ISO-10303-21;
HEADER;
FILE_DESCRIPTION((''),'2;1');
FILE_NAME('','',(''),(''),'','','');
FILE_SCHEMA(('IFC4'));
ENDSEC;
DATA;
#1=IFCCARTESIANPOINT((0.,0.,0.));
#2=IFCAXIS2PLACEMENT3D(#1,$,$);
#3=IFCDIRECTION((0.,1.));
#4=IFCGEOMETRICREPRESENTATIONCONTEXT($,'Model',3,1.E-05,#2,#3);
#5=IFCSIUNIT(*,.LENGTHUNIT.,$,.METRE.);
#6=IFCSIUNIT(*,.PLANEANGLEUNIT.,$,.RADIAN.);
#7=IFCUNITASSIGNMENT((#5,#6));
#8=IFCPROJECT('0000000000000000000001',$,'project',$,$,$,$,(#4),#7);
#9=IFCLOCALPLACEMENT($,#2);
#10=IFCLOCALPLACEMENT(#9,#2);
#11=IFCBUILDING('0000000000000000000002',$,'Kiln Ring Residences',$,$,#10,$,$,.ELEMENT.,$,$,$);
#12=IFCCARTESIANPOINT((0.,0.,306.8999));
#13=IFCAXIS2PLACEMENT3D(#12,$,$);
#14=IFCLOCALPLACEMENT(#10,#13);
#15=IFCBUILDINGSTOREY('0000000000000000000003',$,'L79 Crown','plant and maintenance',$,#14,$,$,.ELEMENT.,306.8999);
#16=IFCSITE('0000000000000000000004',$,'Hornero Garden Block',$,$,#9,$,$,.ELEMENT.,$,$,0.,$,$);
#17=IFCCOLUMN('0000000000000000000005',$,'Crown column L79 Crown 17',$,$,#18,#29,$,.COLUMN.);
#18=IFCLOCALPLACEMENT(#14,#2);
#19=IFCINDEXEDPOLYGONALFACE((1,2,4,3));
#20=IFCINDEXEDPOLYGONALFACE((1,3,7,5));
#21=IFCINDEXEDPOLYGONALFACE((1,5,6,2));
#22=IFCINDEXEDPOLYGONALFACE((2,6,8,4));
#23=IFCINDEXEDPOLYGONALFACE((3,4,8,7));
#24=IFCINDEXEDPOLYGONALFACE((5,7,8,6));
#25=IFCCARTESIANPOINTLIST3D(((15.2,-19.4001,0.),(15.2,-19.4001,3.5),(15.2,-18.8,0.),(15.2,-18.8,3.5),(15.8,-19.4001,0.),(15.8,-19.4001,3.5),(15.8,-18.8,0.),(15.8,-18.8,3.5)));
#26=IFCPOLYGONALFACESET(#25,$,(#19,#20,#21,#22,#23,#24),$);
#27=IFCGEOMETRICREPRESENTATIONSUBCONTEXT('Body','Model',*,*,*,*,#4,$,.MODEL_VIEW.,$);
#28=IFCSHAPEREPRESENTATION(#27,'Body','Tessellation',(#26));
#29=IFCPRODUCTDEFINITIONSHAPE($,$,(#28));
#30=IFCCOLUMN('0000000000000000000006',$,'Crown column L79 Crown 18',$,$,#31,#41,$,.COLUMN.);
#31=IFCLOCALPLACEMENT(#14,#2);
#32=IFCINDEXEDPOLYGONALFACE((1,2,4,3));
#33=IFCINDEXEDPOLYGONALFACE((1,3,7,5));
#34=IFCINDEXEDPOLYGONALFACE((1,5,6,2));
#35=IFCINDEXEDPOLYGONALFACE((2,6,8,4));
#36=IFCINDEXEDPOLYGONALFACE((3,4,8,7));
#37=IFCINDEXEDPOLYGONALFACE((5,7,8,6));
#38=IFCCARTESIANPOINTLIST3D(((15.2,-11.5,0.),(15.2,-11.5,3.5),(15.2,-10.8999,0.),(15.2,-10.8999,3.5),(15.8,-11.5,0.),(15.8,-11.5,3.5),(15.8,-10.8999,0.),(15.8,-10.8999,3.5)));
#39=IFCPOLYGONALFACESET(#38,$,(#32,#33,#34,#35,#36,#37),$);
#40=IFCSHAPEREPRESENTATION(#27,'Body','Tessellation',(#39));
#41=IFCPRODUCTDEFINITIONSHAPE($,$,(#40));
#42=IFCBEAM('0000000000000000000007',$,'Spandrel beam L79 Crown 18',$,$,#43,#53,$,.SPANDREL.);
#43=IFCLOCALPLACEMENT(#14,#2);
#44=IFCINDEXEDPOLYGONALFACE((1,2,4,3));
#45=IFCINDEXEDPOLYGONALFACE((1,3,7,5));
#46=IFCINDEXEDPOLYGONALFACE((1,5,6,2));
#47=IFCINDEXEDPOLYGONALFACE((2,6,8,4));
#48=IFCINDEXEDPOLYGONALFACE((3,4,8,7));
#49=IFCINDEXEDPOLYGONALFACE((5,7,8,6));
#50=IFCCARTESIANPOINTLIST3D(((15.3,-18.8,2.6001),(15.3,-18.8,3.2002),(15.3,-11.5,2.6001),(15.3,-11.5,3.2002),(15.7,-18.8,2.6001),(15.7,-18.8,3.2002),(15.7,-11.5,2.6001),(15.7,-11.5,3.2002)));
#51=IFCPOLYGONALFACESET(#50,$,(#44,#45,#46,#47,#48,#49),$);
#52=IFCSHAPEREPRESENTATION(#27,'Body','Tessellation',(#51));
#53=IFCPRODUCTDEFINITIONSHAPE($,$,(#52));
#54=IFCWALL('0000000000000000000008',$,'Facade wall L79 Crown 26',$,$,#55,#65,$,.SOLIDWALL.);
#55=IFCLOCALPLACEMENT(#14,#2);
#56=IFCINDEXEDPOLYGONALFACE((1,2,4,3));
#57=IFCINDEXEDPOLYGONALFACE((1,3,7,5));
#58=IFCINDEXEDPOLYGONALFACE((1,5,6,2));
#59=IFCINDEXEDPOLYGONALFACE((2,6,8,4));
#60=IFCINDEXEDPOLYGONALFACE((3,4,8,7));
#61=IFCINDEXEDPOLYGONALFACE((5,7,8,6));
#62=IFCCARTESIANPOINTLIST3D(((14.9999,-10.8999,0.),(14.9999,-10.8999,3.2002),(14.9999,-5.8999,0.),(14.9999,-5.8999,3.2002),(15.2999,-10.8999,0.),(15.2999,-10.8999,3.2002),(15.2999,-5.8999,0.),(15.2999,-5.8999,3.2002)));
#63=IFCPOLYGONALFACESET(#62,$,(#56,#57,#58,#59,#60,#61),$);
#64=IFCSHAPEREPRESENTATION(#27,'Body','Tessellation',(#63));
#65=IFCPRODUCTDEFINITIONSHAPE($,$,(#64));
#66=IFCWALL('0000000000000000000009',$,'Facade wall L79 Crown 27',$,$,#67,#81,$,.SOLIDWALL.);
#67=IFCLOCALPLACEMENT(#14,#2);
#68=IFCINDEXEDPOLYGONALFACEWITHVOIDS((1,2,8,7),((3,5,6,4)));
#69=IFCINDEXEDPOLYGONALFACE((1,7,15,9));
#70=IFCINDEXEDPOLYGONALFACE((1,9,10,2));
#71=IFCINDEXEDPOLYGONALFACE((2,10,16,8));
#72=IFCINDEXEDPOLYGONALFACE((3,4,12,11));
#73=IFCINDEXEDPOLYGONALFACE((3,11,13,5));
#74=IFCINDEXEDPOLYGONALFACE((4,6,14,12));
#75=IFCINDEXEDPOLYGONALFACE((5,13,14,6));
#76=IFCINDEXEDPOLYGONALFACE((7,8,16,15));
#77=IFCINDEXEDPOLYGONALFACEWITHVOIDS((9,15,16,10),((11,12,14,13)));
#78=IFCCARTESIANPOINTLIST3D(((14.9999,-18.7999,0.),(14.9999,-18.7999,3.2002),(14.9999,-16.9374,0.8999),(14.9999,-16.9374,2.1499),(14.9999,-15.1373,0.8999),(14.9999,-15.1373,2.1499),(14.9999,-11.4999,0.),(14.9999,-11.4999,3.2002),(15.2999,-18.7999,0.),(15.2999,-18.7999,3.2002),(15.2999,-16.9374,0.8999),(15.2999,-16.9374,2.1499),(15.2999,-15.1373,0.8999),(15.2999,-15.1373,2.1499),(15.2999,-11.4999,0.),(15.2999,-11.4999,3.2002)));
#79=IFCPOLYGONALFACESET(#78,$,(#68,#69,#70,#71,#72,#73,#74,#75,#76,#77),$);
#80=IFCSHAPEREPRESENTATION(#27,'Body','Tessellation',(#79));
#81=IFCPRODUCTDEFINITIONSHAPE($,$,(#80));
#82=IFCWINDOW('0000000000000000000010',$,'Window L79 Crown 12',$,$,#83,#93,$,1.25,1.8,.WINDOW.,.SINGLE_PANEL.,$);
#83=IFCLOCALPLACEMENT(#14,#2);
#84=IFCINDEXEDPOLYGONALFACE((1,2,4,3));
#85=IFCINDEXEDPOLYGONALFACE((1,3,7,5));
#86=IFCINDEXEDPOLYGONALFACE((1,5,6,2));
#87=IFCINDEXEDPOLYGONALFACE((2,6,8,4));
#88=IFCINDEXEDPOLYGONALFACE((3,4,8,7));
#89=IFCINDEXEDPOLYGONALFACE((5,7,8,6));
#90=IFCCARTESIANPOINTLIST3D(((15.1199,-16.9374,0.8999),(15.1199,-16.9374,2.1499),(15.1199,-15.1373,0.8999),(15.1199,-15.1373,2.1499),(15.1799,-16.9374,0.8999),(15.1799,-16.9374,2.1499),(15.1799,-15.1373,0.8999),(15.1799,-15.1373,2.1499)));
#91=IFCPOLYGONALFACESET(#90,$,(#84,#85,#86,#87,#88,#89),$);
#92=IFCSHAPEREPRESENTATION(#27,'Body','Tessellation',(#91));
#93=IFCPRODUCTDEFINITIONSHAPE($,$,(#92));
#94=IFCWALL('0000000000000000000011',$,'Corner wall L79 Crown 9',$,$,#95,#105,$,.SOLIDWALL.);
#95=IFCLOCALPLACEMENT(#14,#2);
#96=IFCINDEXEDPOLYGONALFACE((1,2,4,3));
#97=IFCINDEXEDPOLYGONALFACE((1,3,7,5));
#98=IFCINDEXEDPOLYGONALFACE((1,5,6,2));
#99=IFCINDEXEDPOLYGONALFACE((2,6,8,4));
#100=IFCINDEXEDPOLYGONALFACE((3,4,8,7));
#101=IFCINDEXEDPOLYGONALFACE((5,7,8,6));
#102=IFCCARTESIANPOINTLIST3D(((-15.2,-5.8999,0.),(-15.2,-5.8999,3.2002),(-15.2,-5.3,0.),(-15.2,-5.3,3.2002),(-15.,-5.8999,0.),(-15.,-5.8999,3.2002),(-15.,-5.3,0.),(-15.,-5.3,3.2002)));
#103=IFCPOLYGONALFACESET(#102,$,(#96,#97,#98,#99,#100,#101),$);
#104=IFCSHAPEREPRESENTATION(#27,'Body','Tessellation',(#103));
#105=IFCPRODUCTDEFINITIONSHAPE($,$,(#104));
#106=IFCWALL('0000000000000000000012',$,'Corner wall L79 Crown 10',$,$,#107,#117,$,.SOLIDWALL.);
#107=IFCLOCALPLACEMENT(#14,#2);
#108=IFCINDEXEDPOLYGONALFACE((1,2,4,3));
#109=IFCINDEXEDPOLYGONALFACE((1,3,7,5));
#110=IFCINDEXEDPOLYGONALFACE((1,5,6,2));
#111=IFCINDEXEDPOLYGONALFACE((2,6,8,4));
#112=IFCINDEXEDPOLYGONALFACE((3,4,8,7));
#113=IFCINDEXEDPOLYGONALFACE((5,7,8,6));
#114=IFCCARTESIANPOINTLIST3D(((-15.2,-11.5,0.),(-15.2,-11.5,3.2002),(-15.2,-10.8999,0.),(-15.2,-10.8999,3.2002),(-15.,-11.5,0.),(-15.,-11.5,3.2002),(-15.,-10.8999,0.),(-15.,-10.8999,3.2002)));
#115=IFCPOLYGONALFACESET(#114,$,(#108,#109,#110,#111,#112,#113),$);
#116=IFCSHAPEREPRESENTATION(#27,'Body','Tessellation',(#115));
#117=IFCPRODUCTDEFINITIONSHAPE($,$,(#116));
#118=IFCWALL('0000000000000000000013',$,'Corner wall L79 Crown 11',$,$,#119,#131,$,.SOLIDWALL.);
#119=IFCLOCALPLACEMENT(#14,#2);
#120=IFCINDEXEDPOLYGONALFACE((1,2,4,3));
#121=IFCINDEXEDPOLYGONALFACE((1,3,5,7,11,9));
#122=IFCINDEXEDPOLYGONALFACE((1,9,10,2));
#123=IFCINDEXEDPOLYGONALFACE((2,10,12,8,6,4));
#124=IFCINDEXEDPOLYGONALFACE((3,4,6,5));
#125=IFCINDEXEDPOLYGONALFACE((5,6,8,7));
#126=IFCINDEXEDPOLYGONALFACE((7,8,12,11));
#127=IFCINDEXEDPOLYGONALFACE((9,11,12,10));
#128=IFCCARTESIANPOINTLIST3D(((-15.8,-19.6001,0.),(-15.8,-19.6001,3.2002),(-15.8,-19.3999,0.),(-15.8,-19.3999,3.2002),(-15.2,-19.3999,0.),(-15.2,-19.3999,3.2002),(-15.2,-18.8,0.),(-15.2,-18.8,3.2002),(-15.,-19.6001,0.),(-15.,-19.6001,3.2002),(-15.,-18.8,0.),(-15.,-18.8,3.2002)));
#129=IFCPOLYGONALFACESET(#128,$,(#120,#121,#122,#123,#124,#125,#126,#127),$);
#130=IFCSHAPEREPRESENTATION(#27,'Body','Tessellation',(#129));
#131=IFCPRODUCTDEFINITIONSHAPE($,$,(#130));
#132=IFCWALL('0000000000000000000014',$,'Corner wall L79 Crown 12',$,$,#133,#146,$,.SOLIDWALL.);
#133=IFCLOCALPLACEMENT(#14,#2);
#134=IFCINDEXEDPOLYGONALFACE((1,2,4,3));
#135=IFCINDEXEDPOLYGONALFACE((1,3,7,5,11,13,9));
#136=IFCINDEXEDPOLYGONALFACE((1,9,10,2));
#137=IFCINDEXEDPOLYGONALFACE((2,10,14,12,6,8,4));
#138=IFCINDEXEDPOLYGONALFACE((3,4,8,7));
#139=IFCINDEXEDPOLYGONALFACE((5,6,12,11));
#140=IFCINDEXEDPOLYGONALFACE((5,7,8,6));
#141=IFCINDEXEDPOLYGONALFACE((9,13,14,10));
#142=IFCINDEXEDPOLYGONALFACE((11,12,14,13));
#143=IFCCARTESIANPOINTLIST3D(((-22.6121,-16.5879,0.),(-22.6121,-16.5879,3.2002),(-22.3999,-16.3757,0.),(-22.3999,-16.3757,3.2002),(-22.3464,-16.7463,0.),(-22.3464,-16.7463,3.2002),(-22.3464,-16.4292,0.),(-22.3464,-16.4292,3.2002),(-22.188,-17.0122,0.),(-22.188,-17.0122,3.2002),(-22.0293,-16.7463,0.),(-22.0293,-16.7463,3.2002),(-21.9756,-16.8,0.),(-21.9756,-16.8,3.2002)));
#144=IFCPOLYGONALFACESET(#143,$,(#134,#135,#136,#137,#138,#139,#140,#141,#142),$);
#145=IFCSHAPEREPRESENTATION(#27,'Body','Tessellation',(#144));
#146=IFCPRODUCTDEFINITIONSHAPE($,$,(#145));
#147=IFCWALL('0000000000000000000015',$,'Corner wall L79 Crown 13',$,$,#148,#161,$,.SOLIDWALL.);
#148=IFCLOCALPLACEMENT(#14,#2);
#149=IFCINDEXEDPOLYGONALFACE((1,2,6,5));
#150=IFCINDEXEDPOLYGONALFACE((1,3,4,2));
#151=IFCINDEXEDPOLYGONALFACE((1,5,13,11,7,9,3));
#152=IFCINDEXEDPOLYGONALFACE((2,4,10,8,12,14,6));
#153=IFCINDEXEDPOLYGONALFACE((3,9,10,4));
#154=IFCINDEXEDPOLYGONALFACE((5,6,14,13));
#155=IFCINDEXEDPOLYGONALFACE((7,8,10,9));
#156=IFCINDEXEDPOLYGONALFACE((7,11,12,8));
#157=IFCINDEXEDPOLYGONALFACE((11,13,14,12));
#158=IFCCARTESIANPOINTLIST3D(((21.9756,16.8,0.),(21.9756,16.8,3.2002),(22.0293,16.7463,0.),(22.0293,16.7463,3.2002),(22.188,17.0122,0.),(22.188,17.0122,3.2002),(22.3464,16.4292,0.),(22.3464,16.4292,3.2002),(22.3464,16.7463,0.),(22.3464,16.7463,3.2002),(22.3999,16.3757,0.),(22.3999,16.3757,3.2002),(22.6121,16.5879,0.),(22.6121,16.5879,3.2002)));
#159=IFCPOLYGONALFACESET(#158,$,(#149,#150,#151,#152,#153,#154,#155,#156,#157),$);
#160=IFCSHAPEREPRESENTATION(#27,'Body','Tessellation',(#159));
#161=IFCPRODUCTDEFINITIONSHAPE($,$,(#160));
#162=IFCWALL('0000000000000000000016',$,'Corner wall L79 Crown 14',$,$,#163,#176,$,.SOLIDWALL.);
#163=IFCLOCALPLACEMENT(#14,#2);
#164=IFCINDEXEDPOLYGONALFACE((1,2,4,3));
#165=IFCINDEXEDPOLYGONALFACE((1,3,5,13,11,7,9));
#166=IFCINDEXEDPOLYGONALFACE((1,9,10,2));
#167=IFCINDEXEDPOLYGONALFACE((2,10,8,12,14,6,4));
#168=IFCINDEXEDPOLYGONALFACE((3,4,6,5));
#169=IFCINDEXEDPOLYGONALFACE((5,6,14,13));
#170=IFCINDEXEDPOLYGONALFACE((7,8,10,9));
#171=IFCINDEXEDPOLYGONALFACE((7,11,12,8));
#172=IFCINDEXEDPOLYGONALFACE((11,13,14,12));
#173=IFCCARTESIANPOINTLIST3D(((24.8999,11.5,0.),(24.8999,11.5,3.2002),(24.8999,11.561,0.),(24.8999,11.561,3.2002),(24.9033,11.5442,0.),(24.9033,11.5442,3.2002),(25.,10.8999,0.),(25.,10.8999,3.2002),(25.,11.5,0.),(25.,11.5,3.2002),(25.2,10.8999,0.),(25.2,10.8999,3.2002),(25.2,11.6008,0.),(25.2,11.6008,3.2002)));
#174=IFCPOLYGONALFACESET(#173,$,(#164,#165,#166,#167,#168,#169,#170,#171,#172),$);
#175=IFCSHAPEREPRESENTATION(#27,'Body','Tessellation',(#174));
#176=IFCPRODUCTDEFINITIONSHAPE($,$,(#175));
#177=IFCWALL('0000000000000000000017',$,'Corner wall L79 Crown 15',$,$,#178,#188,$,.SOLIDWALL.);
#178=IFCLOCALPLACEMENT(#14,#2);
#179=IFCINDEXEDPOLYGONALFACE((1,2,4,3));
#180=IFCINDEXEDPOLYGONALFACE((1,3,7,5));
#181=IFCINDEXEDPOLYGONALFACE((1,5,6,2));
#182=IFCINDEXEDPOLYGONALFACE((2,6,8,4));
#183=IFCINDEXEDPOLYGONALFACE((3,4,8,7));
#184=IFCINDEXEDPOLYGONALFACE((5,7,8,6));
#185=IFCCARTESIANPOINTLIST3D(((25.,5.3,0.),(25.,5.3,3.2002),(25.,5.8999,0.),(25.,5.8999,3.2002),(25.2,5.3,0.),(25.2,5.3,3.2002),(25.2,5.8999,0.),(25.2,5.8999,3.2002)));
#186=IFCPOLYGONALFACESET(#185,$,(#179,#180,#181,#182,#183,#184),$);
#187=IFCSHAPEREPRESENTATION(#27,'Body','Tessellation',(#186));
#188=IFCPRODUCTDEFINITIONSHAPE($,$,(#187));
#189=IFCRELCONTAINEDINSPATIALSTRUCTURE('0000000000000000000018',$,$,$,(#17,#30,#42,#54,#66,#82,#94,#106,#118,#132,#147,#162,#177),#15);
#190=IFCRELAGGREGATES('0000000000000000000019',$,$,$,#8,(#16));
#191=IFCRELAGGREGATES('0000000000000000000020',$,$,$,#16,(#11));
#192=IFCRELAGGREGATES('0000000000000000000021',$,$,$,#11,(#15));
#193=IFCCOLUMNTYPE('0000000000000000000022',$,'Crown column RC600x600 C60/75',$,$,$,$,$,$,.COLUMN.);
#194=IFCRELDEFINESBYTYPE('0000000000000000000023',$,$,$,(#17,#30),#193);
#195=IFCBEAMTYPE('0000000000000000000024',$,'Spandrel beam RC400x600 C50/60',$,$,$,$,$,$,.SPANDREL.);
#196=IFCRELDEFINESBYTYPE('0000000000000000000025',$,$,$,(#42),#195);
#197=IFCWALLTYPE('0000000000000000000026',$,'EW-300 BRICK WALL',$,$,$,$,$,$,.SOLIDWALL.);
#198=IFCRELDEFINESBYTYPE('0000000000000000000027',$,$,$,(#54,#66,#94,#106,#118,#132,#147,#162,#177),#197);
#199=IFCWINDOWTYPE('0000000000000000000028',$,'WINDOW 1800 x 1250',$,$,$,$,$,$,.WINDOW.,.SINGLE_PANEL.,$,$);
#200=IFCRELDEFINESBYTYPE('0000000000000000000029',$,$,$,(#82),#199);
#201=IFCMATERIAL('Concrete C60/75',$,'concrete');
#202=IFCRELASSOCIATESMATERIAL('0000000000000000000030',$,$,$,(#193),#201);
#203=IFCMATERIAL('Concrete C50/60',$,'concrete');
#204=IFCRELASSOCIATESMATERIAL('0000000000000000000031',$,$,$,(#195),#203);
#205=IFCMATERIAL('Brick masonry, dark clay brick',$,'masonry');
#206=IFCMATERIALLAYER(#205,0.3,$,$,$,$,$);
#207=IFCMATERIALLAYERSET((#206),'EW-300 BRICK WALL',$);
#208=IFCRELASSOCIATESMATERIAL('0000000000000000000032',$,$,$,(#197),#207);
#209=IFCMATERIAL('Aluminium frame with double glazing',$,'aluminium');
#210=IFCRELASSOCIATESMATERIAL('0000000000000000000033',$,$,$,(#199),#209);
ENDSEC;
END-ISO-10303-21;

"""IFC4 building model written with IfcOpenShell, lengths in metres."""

from ifc_helpers import new_model, si_unit, direction, frame, frame_2d, origin, origin_2d, place, context, subcontext, project, spatial, polyline, rectangle, outline, extrude, material, layer, layer_set, material_profile, profile_set, type_object, element, fill, save


model = new_model("IFC4")

# Units and contexts
model_context = context("Model", 3, precision=1e-05, world=origin(), true_north=direction((0.0, 1.0)))
body_context = subcontext(model_context, "Body", "Model", "MODEL_VIEW")
ifc_project = project(units=[si_unit("LENGTHUNIT", "METRE"), si_unit("PLANEANGLEUNIT", "RADIAN")], contexts=[model_context])

# Site, building, storey
site_placement = place(None, origin())
site = spatial("IfcSite", under=ifc_project, at=site_placement, Name="Hornero Garden Block", CompositionType="ELEMENT", RefElevation=0.0)
building_placement = place(site_placement, origin())
building = spatial("IfcBuilding", under=site, at=building_placement, Name="Kiln Ring Residences", CompositionType="ELEMENT")
storey_placement = place(building_placement, frame((0.0, 0.0, 306.8999)))
storey = spatial("IfcBuildingStorey", under=building, at=storey_placement, Name="L79 Crown", Description="plant and maintenance", CompositionType="ELEMENT", Elevation=306.8999)

# Columns
ifc_material_1 = material(Name="Concrete C60/75", Category="concrete")
ifc_material_profile_1 = material_profile(ifc_material_1, rectangle(XDim=0.6001, YDim=0.6001, at=origin_2d()), Name="RC600x600")
ifc_profile_set_1 = profile_set([ifc_material_profile_1], Name="Concrete C60/75")
column_type = type_object("IfcColumnType", Name="Crown column RC600x600 C60/75", PredefinedType="COLUMN", material=ifc_profile_set_1)
for number, where, z_axis, x_axis, name in (
    (1, (15.5, -19.1001, 0.0), (0.0, 0.0, 1.0), (1.0, 0.0, 0.0), "Crown column L79 Crown 17"),
    (2, (15.5, -11.2, 0.0), (0.0, 0.0, 1.0), (1.0, 0.0, 0.0), "Crown column L79 Crown 18"),
):
    element("IfcColumn", number, at=place(storey_placement, frame(where, z_axis=z_axis, x_axis=x_axis)), inside=storey, type_object=column_type, Name=name, PredefinedType="COLUMN", context=body_context, shape_type="SweptSolid", body=[
        extrude(rectangle(XDim=0.6001, YDim=0.6001, at=origin_2d()), origin(), (0.0, 0.0, 1.0), 3.5),
    ])

# Beam
ifc_material_2 = material(Name="Concrete C50/60", Category="concrete")
ifc_material_profile_2 = material_profile(ifc_material_2, rectangle(XDim=0.3999, YDim=0.6001, at=origin_2d()), Name="RC400x600")
ifc_profile_set_2 = profile_set([ifc_material_profile_2], Name="Concrete C50/60")
beam_type = type_object("IfcBeamType", Name="Spandrel beam RC400x600 C50/60", PredefinedType="SPANDREL", material=ifc_profile_set_2)
beam_placement = place(storey_placement, frame((15.5, -11.5, 2.9001), z_axis=(0.0, -1.0, 0.0), x_axis=(1.0, 0.0, 0.0)))
element("IfcBeam", 3, at=beam_placement, inside=storey, type_object=beam_type, Name="Spandrel beam L79 Crown 18", PredefinedType="SPANDREL", context=body_context, shape_type="SweptSolid", body=[
    extrude(rectangle(XDim=0.3999, YDim=0.6001, at=origin_2d()), origin(), (0.0, 0.0, 1.0), 7.3),
])

# Wall
ifc_material_3 = material(Name="Brick masonry, dark clay brick", Category="masonry")
ifc_layer_1 = layer(ifc_material_3, 0.3)
ifc_layer_set_1 = layer_set([ifc_layer_1], Name="EW-300 BRICK WALL")
wall_type_1 = type_object("IfcWallType", Name="EW-300 BRICK WALL", PredefinedType="SOLIDWALL", material=ifc_layer_set_1)
wall_1_placement = place(storey_placement, frame((15.1499, -5.8999, 0.0), z_axis=(0.0, 0.0, 1.0), x_axis=(0.0, -1.0, 0.0)))
element("IfcWall", 4, at=wall_1_placement, inside=storey, type_object=wall_type_1, Name="Facade wall L79 Crown 26", PredefinedType="SOLIDWALL", context=body_context, shape_type="SweptSolid", body=[
    extrude(rectangle(XDim=5.0, YDim=0.3, at=frame_2d((2.5, 0.0))), origin(), (0.0, 0.0, 1.0), 3.2002),
])

# Wall, opening, window
wall_2_placement = place(storey_placement, frame((15.1499, -11.5, 0.0), z_axis=(0.0, 0.0, 1.0), x_axis=(0.0, -1.0, 0.0)))
wall_2 = element("IfcWall", 5, at=wall_2_placement, inside=storey, type_object=wall_type_1, Name="Facade wall L79 Crown 27", PredefinedType="SOLIDWALL", context=body_context, shape_type="SweptSolid", body=[
    extrude(rectangle(XDim=7.3, YDim=0.3, at=frame_2d((3.6499, 0.0))), origin(), (0.0, 0.0, 1.0), 3.2002),
])
opening_1_placement = place(wall_2_placement, frame((3.6375, 0.0, 0.8999)))
opening_1 = element("IfcOpeningElement", 6, at=opening_1_placement, cuts=wall_2, PredefinedType="OPENING", context=body_context, shape_type="SweptSolid", body=[
    extrude(rectangle(XDim=1.8, YDim=1.25, at=frame_2d((0.8999, 0.625))), frame((0.0, 0.1599, 0.0), z_axis=(0.0, -1.0, 0.0), x_axis=(1.0, 0.0, 0.0)), (0.0, 0.0, 1.0), 0.3201),
])
ifc_material_4 = material(Name="Aluminium frame with double glazing", Category="aluminium")
window_type = type_object("IfcWindowType", Name="WINDOW 1800 x 1250", PartitioningType="SINGLE_PANEL", PredefinedType="WINDOW", material=ifc_material_4)
window_placement = place(opening_1_placement, origin())
window = element("IfcWindow", 7, at=window_placement, inside=storey, type_object=window_type, Name="Window L79 Crown 12", OverallHeight=1.25, OverallWidth=1.8, PartitioningType="SINGLE_PANEL", PredefinedType="WINDOW", context=body_context, shape_type="SweptSolid", body=[
    extrude(rectangle(XDim=1.8, YDim=1.25, at=frame_2d((0.8999, 0.625))), frame((0.0, 0.03, 0.0), z_axis=(0.0, -1.0, 0.0), x_axis=(1.0, 0.0, 0.0)), (0.0, 0.0, 1.0), 0.0601),
])
fill(opening_1, window)

# Walls
placement = place(storey_placement, origin())
element("IfcWall", 8, at=placement, inside=storey, type_object=wall_type_1, Name="Corner wall L79 Crown 9", PredefinedType="SOLIDWALL", context=body_context, shape_type="SweptSolid", body=[
    extrude(outline(polyline([(-15.3, -5.8999), (-15.0, -5.8999), (-15.0, -5.3), (-15.3, -5.3), (-15.2, -5.3), (-15.2, -5.8999), (-15.3, -5.8999)])), origin(), (0.0, 0.0, 1.0), 3.2002),
])
element("IfcWall", 9, at=placement, inside=storey, type_object=wall_type_1, Name="Corner wall L79 Crown 10", PredefinedType="SOLIDWALL", context=body_context, shape_type="SweptSolid", body=[
    extrude(outline(polyline([(-15.2, -11.5), (-15.0, -11.5), (-15.0, -10.8999), (-15.2, -10.8999), (-15.2, -11.5)])), origin(), (0.0, 0.0, 1.0), 3.2002),
])
element("IfcWall", 10, at=placement, inside=storey, type_object=wall_type_1, Name="Corner wall L79 Crown 11", PredefinedType="SOLIDWALL", context=body_context, shape_type="SweptSolid", body=[
    extrude(outline(polyline([(-15.8, -19.6001), (-15.0, -19.6001), (-15.0, -18.8), (-15.2, -18.8), (-15.2, -19.3999), (-15.8, -19.3999), (-15.8, -19.6001)])), origin(), (0.0, 0.0, 1.0), 3.2002),
])
element("IfcWall", 11, at=placement, inside=storey, type_object=wall_type_1, Name="Corner wall L79 Crown 12", PredefinedType="SOLIDWALL", context=body_context, shape_type="SweptSolid", body=[
    extrude(outline(polyline([(-22.3999, -16.3757), (-22.6121, -16.5879), (-22.188, -17.0122), (-21.9756, -16.8), (-22.0293, -16.7463), (-22.3464, -16.7463), (-22.3464, -16.4292), (-22.3999, -16.3757)])), origin(), (0.0, 0.0, 1.0), 3.2002),
])
element("IfcWall", 12, at=placement, inside=storey, type_object=wall_type_1, Name="Corner wall L79 Crown 13", PredefinedType="SOLIDWALL", context=body_context, shape_type="SweptSolid", body=[
    extrude(outline(polyline([(22.3999, 16.3757), (22.6121, 16.5879), (22.188, 17.0122), (21.9756, 16.8), (22.0293, 16.7463), (22.3464, 16.7463), (22.3464, 16.4292), (22.3999, 16.3757)])), origin(), (0.0, 0.0, 1.0), 3.2002),
])
element("IfcWall", 13, at=placement, inside=storey, type_object=wall_type_1, Name="Corner wall L79 Crown 14", PredefinedType="SOLIDWALL", context=body_context, shape_type="SweptSolid", body=[
    extrude(outline(polyline([(25.2, 10.8999), (25.2, 11.6008), (24.9033, 11.5442), (24.8999, 11.561), (24.8999, 11.5), (25.0, 11.5), (25.0, 10.8999), (25.2, 10.8999)])), origin(), (0.0, 0.0, 1.0), 3.2002),
])
element("IfcWall", 14, at=placement, inside=storey, type_object=wall_type_1, Name="Corner wall L79 Crown 15", PredefinedType="SOLIDWALL", context=body_context, shape_type="SweptSolid", body=[
    extrude(outline(polyline([(25.0, 5.3), (25.2, 5.3), (25.2, 5.8999), (24.8999, 5.8999), (25.0, 5.8999), (25.0, 5.3)])), origin(), (0.0, 0.0, 1.0), 3.2002),
])

save(model, "model.ifc")
